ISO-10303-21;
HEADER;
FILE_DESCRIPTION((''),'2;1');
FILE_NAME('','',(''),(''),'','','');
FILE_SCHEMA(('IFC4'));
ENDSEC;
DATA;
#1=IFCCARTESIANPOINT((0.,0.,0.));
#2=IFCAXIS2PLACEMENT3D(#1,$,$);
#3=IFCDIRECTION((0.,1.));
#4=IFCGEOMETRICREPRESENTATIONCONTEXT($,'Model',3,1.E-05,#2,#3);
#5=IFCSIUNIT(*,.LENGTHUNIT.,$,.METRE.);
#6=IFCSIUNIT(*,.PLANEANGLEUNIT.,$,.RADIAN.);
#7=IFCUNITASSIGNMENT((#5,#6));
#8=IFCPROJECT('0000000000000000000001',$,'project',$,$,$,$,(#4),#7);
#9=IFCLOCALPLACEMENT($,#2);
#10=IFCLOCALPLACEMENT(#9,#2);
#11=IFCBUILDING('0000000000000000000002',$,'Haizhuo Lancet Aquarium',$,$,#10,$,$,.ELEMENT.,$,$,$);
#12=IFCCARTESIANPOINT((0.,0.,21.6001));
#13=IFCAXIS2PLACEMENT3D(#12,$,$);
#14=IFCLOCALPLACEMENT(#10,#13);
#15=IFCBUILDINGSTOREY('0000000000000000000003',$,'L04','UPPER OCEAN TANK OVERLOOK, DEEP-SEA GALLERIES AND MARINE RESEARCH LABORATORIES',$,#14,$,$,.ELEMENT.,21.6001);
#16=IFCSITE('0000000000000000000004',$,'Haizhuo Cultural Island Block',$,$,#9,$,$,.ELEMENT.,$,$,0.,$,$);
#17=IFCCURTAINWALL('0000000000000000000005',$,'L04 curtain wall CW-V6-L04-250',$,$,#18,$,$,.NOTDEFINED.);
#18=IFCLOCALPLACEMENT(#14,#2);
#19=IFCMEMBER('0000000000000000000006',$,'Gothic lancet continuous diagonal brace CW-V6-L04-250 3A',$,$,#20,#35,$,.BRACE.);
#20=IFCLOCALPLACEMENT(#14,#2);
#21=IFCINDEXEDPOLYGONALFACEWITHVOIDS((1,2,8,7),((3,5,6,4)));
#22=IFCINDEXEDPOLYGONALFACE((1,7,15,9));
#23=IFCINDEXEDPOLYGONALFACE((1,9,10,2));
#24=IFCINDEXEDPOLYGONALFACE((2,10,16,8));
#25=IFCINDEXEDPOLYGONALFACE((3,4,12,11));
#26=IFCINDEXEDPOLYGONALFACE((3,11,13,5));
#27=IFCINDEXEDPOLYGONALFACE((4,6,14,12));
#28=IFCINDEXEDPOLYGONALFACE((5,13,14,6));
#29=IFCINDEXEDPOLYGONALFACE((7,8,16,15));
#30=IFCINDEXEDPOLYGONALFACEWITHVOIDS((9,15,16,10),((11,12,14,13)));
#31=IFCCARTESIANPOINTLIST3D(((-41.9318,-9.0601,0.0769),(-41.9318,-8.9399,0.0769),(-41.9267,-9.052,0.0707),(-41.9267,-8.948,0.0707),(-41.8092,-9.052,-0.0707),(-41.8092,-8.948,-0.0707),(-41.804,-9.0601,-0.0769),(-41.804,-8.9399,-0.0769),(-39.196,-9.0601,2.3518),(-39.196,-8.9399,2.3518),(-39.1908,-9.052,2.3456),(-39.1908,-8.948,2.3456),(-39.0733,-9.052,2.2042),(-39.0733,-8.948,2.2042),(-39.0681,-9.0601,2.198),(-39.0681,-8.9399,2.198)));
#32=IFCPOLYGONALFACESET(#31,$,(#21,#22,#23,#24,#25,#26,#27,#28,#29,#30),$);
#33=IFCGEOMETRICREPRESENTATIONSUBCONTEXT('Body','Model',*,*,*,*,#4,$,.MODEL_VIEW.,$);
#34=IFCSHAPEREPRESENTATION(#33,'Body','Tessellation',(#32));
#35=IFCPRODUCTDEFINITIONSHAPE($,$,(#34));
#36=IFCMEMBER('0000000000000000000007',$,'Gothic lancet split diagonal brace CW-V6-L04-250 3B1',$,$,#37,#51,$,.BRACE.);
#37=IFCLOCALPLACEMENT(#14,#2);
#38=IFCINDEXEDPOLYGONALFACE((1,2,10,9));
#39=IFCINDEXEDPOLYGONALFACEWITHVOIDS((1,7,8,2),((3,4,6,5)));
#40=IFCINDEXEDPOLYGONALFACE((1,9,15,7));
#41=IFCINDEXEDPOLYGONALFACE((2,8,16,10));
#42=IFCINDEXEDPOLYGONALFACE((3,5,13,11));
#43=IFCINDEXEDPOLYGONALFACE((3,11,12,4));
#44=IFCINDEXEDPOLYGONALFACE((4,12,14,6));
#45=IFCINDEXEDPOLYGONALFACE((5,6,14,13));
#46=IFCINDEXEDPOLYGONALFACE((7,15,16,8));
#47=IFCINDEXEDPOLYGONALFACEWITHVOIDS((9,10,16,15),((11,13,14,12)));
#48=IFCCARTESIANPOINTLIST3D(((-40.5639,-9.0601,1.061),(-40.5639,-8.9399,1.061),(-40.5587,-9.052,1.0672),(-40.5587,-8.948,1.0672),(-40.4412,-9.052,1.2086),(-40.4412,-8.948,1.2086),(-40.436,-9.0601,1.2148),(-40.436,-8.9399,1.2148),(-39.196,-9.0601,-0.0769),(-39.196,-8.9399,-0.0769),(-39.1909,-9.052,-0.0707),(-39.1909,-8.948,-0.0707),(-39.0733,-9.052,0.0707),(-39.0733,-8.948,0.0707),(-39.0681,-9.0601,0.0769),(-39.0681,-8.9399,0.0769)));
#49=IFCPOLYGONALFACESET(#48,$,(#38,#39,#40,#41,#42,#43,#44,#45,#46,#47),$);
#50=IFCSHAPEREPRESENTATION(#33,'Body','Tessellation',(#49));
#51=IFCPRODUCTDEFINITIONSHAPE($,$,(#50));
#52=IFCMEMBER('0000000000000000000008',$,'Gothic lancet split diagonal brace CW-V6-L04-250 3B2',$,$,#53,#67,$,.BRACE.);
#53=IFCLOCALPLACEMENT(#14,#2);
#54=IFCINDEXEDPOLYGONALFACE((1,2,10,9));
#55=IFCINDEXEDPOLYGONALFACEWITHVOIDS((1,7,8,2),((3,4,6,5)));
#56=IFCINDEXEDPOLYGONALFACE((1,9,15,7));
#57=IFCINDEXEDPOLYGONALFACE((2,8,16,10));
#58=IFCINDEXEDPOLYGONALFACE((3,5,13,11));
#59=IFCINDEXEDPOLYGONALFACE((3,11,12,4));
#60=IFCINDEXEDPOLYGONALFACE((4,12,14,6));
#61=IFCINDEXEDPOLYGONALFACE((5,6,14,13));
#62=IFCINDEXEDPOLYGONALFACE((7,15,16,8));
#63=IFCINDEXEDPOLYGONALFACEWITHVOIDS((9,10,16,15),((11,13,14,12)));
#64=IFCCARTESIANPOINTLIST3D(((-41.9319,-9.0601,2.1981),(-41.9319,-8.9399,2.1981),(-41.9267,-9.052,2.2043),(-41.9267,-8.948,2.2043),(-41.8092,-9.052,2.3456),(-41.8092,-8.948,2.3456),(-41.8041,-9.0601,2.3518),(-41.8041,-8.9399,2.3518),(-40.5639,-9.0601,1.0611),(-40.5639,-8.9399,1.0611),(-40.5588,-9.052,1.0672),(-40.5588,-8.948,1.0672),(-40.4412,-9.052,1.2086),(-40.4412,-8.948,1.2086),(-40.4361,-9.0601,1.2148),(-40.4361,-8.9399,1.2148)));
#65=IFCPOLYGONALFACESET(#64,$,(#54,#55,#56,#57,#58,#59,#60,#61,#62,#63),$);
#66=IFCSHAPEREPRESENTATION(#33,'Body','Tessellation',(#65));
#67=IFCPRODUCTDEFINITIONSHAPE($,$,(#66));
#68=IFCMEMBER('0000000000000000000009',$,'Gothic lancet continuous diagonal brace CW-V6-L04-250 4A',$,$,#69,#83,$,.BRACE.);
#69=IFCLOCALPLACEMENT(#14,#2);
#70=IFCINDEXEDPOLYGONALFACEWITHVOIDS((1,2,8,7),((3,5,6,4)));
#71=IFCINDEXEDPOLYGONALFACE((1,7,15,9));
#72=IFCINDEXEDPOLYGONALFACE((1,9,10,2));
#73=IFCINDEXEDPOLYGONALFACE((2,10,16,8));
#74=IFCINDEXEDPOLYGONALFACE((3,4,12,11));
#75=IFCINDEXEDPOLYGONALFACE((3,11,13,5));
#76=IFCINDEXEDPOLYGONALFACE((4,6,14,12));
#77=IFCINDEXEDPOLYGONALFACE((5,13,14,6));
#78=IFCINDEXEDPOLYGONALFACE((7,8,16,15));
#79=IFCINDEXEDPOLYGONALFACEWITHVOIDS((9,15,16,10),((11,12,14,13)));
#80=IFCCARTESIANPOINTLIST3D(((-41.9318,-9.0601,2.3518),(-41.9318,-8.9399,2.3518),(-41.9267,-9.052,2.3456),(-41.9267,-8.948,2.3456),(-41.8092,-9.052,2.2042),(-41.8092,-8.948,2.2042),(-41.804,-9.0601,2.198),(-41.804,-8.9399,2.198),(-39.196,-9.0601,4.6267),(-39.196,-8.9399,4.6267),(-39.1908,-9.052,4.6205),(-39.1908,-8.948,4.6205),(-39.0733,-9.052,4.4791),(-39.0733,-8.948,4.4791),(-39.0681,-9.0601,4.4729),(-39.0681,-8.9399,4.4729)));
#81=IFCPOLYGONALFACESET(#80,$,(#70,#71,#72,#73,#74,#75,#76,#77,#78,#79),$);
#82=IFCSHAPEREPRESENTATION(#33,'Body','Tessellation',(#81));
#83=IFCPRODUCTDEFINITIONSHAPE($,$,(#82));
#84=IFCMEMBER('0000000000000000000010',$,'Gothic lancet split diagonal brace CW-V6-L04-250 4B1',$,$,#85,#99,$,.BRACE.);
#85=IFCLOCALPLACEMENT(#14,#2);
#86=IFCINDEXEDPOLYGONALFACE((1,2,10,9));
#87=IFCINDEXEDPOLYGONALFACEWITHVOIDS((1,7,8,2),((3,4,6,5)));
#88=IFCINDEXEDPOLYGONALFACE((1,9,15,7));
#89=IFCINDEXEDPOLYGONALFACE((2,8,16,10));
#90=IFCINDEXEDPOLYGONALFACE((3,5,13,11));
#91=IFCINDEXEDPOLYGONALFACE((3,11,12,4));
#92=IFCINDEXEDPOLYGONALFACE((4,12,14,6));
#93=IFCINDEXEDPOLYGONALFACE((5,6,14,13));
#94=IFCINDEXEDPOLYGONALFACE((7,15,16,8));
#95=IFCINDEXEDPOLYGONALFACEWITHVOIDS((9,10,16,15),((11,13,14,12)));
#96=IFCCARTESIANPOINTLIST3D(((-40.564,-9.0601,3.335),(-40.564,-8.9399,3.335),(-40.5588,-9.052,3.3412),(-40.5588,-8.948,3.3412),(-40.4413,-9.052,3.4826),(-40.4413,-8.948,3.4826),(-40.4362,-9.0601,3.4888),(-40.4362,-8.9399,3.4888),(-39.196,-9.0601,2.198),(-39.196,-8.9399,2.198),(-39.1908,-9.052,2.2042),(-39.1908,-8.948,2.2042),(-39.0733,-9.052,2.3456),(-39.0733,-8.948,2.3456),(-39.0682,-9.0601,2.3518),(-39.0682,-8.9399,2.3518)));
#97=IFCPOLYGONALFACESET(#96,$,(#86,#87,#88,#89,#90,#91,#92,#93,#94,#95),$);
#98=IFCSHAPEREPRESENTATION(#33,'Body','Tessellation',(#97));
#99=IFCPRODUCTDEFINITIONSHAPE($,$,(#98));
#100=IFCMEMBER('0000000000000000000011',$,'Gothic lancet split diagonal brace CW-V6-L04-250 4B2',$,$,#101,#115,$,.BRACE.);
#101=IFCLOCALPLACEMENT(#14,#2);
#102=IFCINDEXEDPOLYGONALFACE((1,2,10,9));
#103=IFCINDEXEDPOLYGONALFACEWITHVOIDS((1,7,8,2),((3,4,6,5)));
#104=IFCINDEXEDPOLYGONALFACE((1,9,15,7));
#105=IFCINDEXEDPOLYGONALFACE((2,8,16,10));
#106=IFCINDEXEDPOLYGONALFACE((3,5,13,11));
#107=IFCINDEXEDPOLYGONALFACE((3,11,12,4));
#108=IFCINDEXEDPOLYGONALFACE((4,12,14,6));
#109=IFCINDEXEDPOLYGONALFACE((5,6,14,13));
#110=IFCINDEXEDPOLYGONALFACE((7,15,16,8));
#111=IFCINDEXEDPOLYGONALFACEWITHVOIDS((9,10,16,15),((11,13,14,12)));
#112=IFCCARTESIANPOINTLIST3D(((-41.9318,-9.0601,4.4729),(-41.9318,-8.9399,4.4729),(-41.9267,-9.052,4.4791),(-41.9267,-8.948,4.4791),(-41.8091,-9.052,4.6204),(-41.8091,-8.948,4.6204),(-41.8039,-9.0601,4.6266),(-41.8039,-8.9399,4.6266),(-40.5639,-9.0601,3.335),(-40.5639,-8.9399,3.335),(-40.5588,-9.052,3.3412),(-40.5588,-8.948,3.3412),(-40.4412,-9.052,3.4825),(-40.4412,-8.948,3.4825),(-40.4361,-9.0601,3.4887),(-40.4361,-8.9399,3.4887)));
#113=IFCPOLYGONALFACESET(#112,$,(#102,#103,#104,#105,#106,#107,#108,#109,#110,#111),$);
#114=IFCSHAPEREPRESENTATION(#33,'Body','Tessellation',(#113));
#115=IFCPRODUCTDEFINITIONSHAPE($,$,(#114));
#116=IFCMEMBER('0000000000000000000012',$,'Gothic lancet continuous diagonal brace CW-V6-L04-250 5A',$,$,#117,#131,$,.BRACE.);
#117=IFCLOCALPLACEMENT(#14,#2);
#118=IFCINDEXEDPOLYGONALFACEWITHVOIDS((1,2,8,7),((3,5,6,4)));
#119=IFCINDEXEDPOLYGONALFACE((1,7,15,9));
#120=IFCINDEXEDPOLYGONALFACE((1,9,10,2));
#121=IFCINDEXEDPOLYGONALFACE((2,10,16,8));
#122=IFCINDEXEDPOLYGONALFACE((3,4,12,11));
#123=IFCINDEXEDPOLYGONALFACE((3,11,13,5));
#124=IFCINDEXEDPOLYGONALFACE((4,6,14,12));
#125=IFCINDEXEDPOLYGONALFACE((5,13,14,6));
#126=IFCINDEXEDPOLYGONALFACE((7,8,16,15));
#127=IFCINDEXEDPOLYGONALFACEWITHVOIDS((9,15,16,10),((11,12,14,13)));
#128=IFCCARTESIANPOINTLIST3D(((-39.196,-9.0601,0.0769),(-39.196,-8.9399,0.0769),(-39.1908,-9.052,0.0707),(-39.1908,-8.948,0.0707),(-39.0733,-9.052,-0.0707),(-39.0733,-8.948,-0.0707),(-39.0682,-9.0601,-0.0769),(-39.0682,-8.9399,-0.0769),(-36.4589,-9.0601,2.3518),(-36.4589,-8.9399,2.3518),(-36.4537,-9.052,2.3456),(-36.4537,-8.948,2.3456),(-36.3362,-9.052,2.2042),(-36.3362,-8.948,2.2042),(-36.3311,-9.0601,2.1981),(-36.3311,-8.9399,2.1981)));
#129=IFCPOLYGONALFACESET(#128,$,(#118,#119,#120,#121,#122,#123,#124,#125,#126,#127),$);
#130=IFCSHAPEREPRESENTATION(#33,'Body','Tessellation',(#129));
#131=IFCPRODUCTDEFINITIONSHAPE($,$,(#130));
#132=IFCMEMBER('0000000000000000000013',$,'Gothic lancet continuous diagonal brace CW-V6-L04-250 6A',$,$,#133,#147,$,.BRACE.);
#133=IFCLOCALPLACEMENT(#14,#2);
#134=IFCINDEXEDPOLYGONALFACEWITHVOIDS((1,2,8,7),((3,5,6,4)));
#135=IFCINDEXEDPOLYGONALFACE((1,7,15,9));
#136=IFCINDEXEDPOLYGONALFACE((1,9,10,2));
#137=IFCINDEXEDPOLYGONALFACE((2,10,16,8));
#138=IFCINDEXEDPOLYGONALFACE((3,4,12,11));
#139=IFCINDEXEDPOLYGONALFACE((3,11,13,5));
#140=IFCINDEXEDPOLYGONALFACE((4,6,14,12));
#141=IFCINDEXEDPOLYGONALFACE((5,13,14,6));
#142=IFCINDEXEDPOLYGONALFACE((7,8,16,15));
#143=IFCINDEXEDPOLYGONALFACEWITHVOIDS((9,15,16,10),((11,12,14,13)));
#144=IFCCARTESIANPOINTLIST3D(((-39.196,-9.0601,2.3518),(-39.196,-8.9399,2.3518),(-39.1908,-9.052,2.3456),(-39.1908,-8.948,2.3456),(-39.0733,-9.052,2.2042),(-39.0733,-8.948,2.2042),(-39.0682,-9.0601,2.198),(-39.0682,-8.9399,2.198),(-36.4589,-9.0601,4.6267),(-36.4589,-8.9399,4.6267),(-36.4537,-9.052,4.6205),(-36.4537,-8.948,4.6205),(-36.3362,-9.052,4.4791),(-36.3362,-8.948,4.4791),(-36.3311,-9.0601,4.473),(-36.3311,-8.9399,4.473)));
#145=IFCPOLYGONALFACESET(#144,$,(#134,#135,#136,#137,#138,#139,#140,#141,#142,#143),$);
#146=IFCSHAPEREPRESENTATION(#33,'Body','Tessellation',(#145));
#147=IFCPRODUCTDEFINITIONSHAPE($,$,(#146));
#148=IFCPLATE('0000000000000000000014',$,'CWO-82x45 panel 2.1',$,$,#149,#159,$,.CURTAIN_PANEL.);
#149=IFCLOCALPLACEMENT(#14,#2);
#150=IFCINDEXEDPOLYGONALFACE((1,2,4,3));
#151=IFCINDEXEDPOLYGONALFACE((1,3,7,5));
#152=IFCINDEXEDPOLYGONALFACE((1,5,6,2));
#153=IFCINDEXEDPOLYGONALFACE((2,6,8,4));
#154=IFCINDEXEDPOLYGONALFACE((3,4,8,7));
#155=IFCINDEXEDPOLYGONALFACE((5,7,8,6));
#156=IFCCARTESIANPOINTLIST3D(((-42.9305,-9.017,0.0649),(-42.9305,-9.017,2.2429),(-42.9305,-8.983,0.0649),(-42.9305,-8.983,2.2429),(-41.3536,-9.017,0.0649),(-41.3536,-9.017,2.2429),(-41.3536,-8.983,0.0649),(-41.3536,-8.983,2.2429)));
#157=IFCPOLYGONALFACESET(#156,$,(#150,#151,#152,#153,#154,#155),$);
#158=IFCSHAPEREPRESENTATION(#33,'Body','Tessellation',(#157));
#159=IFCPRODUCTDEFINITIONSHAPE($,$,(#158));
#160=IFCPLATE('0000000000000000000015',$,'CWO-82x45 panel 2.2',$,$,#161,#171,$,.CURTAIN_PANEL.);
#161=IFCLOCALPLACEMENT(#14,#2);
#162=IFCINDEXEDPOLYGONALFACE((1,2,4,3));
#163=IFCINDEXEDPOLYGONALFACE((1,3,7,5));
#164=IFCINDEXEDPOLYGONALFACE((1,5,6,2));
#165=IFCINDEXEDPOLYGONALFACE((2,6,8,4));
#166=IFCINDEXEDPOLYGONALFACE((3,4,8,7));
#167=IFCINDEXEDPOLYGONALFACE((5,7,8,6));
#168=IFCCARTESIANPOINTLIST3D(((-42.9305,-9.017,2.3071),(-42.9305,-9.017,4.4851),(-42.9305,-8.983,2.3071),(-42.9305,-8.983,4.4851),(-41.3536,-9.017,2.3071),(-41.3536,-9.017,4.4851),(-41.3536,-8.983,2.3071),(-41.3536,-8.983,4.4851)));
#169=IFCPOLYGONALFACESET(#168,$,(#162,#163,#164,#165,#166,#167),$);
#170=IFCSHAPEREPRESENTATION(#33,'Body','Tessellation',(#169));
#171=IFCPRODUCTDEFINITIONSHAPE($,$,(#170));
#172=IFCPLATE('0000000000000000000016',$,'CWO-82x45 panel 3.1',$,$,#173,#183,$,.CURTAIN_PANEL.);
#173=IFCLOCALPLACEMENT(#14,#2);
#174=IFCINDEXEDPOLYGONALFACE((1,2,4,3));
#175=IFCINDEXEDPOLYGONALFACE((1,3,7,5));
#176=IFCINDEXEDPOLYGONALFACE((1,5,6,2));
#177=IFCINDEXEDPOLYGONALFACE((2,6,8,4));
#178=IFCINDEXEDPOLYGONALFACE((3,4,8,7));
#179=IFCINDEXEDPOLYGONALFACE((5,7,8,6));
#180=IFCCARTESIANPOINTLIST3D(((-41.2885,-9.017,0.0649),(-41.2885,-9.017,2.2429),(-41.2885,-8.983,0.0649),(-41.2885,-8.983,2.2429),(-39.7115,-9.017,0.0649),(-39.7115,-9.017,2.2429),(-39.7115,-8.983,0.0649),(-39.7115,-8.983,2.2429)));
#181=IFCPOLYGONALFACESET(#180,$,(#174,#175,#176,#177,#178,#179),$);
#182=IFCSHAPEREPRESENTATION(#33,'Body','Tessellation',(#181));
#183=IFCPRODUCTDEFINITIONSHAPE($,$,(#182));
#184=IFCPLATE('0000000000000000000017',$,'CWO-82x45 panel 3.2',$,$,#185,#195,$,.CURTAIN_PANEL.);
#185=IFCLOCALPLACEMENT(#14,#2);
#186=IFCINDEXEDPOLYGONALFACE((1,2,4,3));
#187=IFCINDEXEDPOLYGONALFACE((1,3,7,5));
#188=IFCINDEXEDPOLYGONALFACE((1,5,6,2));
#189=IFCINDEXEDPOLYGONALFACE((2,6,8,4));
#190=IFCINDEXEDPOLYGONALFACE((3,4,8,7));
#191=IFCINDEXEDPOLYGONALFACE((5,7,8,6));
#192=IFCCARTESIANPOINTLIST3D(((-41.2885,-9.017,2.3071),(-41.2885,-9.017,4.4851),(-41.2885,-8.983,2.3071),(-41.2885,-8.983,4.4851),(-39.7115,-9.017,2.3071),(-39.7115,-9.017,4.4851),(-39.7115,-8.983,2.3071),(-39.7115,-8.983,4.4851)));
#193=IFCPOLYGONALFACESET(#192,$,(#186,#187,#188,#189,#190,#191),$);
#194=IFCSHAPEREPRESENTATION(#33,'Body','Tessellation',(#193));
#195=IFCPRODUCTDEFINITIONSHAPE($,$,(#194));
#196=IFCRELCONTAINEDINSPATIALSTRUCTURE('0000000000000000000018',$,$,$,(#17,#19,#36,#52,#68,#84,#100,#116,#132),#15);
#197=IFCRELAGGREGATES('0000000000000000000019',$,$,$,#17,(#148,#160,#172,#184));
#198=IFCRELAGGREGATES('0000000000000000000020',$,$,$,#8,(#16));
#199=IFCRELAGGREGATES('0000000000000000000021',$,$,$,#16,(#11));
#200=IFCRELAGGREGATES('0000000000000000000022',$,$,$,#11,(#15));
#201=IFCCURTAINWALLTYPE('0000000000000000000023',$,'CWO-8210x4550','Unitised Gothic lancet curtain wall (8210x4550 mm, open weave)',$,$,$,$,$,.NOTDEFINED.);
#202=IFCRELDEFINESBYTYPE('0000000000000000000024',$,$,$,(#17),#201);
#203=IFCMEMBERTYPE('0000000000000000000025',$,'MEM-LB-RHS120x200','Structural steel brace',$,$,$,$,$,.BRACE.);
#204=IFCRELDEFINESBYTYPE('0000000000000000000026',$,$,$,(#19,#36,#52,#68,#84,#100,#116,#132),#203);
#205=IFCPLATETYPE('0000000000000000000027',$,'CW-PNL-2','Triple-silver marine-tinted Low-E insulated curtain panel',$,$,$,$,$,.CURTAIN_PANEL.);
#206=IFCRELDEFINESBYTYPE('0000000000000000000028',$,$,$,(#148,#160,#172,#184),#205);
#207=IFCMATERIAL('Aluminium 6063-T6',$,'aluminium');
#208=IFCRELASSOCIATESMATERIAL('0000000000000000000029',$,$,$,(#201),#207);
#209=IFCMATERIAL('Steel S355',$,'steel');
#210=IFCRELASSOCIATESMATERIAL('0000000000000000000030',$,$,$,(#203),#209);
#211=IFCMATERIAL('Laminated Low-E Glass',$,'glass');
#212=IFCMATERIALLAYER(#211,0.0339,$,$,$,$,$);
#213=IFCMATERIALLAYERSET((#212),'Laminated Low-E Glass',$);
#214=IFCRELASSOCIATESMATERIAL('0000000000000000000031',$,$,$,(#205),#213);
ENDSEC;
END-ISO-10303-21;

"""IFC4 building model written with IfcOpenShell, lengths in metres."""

from ifc_helpers import new_model, si_unit, direction, frame, origin, origin_2d, place, context, subcontext, project, spatial, rectangle, hollow_rectangle, extrude, material, layer, layer_set, material_profile, profile_set, type_object, element, aggregate, save


model = new_model("IFC4")

# Units and contexts
model_context = context("Model", 3, precision=1e-05, world=origin(), true_north=direction((0.0, 1.0)))
body_context = subcontext(model_context, "Body", "Model", "MODEL_VIEW")
ifc_project = project(units=[si_unit("LENGTHUNIT", "METRE"), si_unit("PLANEANGLEUNIT", "RADIAN")], contexts=[model_context])

# Site, building, storey
site_placement = place(None, origin())
site = spatial("IfcSite", under=ifc_project, at=site_placement, Name="Haizhuo Cultural Island Block", CompositionType="ELEMENT", RefElevation=0.0)
building_placement = place(site_placement, origin())
building = spatial("IfcBuilding", under=site, at=building_placement, Name="Haizhuo Lancet Aquarium", CompositionType="ELEMENT")
storey_placement = place(building_placement, frame((0.0, 0.0, 21.6001)))
storey = spatial("IfcBuildingStorey", under=building, at=storey_placement, Name="L04", Description="UPPER OCEAN TANK OVERLOOK, DEEP-SEA GALLERIES AND MARINE RESEARCH LABORATORIES", CompositionType="ELEMENT", Elevation=21.6001)

# Curtain wall
ifc_material_1 = material(Name="Aluminium 6063-T6", Category="aluminium")
curtain_wall_type = type_object("IfcCurtainWallType", Name="CWO-8210x4550", Description="Unitised Gothic lancet curtain wall (8210x4550 mm, open weave)", PredefinedType="NOTDEFINED", material=ifc_material_1)
curtain_wall_placement = place(storey_placement, origin())
curtain_wall = element("IfcCurtainWall", 1, at=curtain_wall_placement, inside=storey, type_object=curtain_wall_type, Name="L04 curtain wall CW-V6-L04-250", PredefinedType="NOTDEFINED")

# Members
ifc_material_2 = material(Name="Steel S355", Category="steel")
ifc_material_profile_1 = material_profile(ifc_material_2, hollow_rectangle(XDim=0.1201, YDim=0.2, WallThickness=0.0081, at=origin_2d()), Name="RHS 120x200x8")
ifc_profile_set_1 = profile_set([ifc_material_profile_1], Name="Steel S355")
member_type_1 = type_object("IfcMemberType", Name="MEM-LB-RHS120x200", Description="Structural steel brace", PredefinedType="BRACE", material=ifc_profile_set_1)
member_1_placement = place(storey_placement, frame((-41.8679, -9.0, 0.0), z_axis=(0.768907, 0.0, 0.639361), x_axis=(0.0, 1.0, 0.0)))
element("IfcMember", 2, at=member_1_placement, inside=storey, type_object=member_type_1, Name="Gothic lancet continuous diagonal brace CW-V6-L04-250 3A", PredefinedType="BRACE", context=body_context, shape_type="SweptSolid", body=[
    extrude(hollow_rectangle(XDim=0.1201, YDim=0.2, WallThickness=0.0081, at=origin_2d()), origin(), (0.0, 0.0, 1.0), 3.5581),
])
member_2_placement = place(storey_placement, frame((-39.1321, -9.0, 0.0), z_axis=(-0.768772, 0.0, 0.639523), x_axis=(0.0, -1.0, 0.0)))
element("IfcMember", 3, at=member_2_placement, inside=storey, type_object=member_type_1, Name="Gothic lancet split diagonal brace CW-V6-L04-250 3B1", PredefinedType="BRACE", context=body_context, shape_type="SweptSolid", body=[
    extrude(hollow_rectangle(XDim=0.1201, YDim=0.2, WallThickness=0.0081, at=origin_2d()), origin(), (0.0, 0.0, 1.0), 1.7793),
])
member_3_placement = place(storey_placement, frame((-40.5, -9.0, 1.1379), z_axis=(-0.769042, 0.0, 0.639198), x_axis=(0.0, -1.0, 0.0)))
element("IfcMember", 4, at=member_3_placement, inside=storey, type_object=member_type_1, Name="Gothic lancet split diagonal brace CW-V6-L04-250 3B2", PredefinedType="BRACE", context=body_context, shape_type="SweptSolid", body=[
    extrude(hollow_rectangle(XDim=0.1201, YDim=0.2, WallThickness=0.0081, at=origin_2d()), origin(), (0.0, 0.0, 1.0), 1.7788),
])
member_4_placement = place(storey_placement, frame((-41.8679, -9.0, 2.2749), z_axis=(0.768907, 0.0, 0.639361), x_axis=(0.0, 1.0, 0.0)))
element("IfcMember", 5, at=member_4_placement, inside=storey, type_object=member_type_1, Name="Gothic lancet continuous diagonal brace CW-V6-L04-250 4A", PredefinedType="BRACE", context=body_context, shape_type="SweptSolid", body=[
    extrude(hollow_rectangle(XDim=0.1201, YDim=0.2, WallThickness=0.0081, at=origin_2d()), origin(), (0.0, 0.0, 1.0), 3.5581),
])
member_5_placement = place(storey_placement, frame((-39.1321, -9.0, 2.2749), z_axis=(-0.769042, 0.0, 0.639198), x_axis=(0.0, -1.0, 0.0)))
element("IfcMember", 6, at=member_5_placement, inside=storey, type_object=member_type_1, Name="Gothic lancet split diagonal brace CW-V6-L04-250 4B1", PredefinedType="BRACE", context=body_context, shape_type="SweptSolid", body=[
    extrude(hollow_rectangle(XDim=0.1201, YDim=0.2, WallThickness=0.0081, at=origin_2d()), origin(), (0.0, 0.0, 1.0), 1.7788),
])
member_6_placement = place(storey_placement, frame((-40.5, -9.0, 3.4119), z_axis=(-0.768772, 0.0, 0.639523), x_axis=(0.0, -1.0, 0.0)))
element("IfcMember", 7, at=member_6_placement, inside=storey, type_object=member_type_1, Name="Gothic lancet split diagonal brace CW-V6-L04-250 4B2", PredefinedType="BRACE", context=body_context, shape_type="SweptSolid", body=[
    extrude(hollow_rectangle(XDim=0.1201, YDim=0.2, WallThickness=0.0081, at=origin_2d()), origin(), (0.0, 0.0, 1.0), 1.7793),
])
for number, where, z_axis, x_axis, name in (
    (8, (-39.1321, -9.0, 0.0), (0.769047, 0.0, 0.639192), (0.0, 1.0, 0.0), "Gothic lancet continuous diagonal brace CW-V6-L04-250 5A"),
    (9, (-39.1321, -9.0, 2.2749), (0.769047, 0.0, 0.639192), (0.0, 1.0, 0.0), "Gothic lancet continuous diagonal brace CW-V6-L04-250 6A"),
):
    element("IfcMember", number, at=place(storey_placement, frame(where, z_axis=z_axis, x_axis=x_axis)), inside=storey, type_object=member_type_1, Name=name, PredefinedType="BRACE", context=body_context, shape_type="SweptSolid", body=[
        extrude(hollow_rectangle(XDim=0.1201, YDim=0.2, WallThickness=0.0081, at=origin_2d()), origin(), (0.0, 0.0, 1.0), 3.5591),
    ])

# Plates
ifc_material_3 = material(Name="Laminated Low-E Glass", Category="glass")
ifc_layer = layer(ifc_material_3, 0.0339)
ifc_layer_set = layer_set([ifc_layer], Name="Laminated Low-E Glass")
plate_type = type_object("IfcPlateType", Name="CW-PNL-2", Description="Triple-silver marine-tinted Low-E insulated curtain panel", PredefinedType="CURTAIN_PANEL", material=ifc_layer_set)
plate_1_placement = place(storey_placement, frame((-42.1421, -9.0, 0.0649), z_axis=(0.0, 0.0, 1.0), x_axis=(1.0, 0.0, 0.0)))
plate_1 = element("IfcPlate", 10, at=plate_1_placement, type_object=plate_type, Name="CWO-82x45 panel 2.1", PredefinedType="CURTAIN_PANEL", context=body_context, shape_type="SweptSolid", body=[
    extrude(rectangle(XDim=1.5769, YDim=0.0339, at=origin_2d()), origin(), (0.0, 0.0, 1.0), 2.178),
])
plate_2_placement = place(storey_placement, frame((-42.1421, -9.0, 2.3071), z_axis=(0.0, 0.0, 1.0), x_axis=(1.0, 0.0, 0.0)))
plate_2 = element("IfcPlate", 11, at=plate_2_placement, type_object=plate_type, Name="CWO-82x45 panel 2.2", PredefinedType="CURTAIN_PANEL", context=body_context, shape_type="SweptSolid", body=[
    extrude(rectangle(XDim=1.5769, YDim=0.0339, at=origin_2d()), origin(), (0.0, 0.0, 1.0), 2.178),
])
plate_3_placement = place(storey_placement, frame((-40.5, -9.0, 0.0649), z_axis=(0.0, 0.0, 1.0), x_axis=(1.0, 0.0, 0.0)))
plate_3 = element("IfcPlate", 12, at=plate_3_placement, type_object=plate_type, Name="CWO-82x45 panel 3.1", PredefinedType="CURTAIN_PANEL", context=body_context, shape_type="SweptSolid", body=[
    extrude(rectangle(XDim=1.5769, YDim=0.0339, at=origin_2d()), origin(), (0.0, 0.0, 1.0), 2.178),
])
plate_4_placement = place(storey_placement, frame((-40.5, -9.0, 2.3071), z_axis=(0.0, 0.0, 1.0), x_axis=(1.0, 0.0, 0.0)))
plate_4 = element("IfcPlate", 13, at=plate_4_placement, type_object=plate_type, Name="CWO-82x45 panel 3.2", PredefinedType="CURTAIN_PANEL", context=body_context, shape_type="SweptSolid", body=[
    extrude(rectangle(XDim=1.5769, YDim=0.0339, at=origin_2d()), origin(), (0.0, 0.0, 1.0), 2.178),
])
aggregate(curtain_wall, [plate_1, plate_2, plate_3, plate_4])

save(model, "model.ifc")
